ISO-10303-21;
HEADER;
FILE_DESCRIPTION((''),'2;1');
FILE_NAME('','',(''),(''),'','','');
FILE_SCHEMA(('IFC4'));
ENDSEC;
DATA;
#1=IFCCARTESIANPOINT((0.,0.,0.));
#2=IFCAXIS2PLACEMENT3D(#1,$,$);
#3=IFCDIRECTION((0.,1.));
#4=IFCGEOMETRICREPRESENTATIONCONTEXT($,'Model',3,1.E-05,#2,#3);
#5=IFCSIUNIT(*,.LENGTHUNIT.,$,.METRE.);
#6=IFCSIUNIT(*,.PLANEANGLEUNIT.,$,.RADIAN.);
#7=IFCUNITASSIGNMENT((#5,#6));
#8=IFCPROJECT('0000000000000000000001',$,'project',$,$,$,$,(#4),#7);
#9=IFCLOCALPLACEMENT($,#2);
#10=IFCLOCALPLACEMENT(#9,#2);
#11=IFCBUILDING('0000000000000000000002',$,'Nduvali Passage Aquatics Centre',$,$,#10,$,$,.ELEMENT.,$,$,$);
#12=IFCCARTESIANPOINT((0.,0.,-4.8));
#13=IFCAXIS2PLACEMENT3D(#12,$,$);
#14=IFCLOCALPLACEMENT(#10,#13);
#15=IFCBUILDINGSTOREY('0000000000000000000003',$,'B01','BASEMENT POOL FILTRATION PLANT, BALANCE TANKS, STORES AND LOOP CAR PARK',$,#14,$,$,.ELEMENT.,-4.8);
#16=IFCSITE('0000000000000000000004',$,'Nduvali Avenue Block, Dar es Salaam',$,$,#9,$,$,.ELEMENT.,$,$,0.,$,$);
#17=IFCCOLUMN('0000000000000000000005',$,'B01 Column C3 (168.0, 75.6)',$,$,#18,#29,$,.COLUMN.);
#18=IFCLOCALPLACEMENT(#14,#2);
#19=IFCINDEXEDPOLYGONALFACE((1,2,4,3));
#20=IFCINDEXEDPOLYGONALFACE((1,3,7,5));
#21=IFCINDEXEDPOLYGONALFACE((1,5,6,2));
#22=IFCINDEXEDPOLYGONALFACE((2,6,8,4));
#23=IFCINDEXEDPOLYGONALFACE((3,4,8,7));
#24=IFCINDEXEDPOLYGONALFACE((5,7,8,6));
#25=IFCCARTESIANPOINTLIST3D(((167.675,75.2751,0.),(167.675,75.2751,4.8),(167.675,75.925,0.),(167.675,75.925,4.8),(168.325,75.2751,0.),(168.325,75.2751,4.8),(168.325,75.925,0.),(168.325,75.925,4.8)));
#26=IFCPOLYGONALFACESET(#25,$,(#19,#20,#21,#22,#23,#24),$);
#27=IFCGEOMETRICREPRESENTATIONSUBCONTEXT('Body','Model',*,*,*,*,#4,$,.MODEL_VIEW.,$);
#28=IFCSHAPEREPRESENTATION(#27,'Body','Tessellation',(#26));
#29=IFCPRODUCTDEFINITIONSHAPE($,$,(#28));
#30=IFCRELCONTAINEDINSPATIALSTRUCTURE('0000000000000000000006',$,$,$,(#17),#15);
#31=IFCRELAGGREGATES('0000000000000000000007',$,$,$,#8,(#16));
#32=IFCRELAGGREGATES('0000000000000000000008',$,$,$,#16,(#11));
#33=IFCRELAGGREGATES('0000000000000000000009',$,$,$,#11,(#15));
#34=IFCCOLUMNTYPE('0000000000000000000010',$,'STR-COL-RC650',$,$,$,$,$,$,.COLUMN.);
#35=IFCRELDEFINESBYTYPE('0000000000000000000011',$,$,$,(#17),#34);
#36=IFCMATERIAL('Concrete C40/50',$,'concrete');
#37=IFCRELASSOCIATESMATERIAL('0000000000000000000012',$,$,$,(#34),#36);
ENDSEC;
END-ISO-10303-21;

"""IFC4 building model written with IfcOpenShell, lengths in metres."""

from ifc_helpers import new_model, si_unit, direction, frame, origin, origin_2d, place, context, subcontext, project, spatial, rectangle, extrude, material, material_profile, profile_set, type_object, element, save


model = new_model("IFC4")

# Units and contexts
model_context = context("Model", 3, precision=1e-05, world=origin(), true_north=direction((0.0, 1.0)))
body_context = subcontext(model_context, "Body", "Model", "MODEL_VIEW")
ifc_project = project(units=[si_unit("LENGTHUNIT", "METRE"), si_unit("PLANEANGLEUNIT", "RADIAN")], contexts=[model_context])

# Site, building, storey
site_placement = place(None, origin())
site = spatial("IfcSite", under=ifc_project, at=site_placement, Name="Nduvali Avenue Block, Dar es Salaam", CompositionType="ELEMENT", RefElevation=0.0)
building_placement = place(site_placement, origin())
building = spatial("IfcBuilding", under=site, at=building_placement, Name="Nduvali Passage Aquatics Centre", CompositionType="ELEMENT")
storey_placement = place(building_placement, frame((0.0, 0.0, -4.8)))
storey = spatial("IfcBuildingStorey", under=building, at=storey_placement, Name="B01", Description="BASEMENT POOL FILTRATION PLANT, BALANCE TANKS, STORES AND LOOP CAR PARK", CompositionType="ELEMENT", Elevation=-4.8)

# Shared definitions
ifc_material = material(Name="Concrete C40/50", Category="concrete")

# Column
ifc_material_profile_1 = material_profile(ifc_material, rectangle(XDim=0.6499, YDim=0.6499, at=origin_2d()), Name="RC 650x650")
ifc_profile_set_1 = profile_set([ifc_material_profile_1], Name="Concrete C40/50")
column_type = type_object("IfcColumnType", Name="STR-COL-RC650", PredefinedType="COLUMN", material=ifc_profile_set_1)
for number, where, z_axis, x_axis, name in (
    (1, (168.0, 75.6001, 0.0), (0.0, 0.0, 1.0), (1.0, 0.0, 0.0), "B01 Column C3 (168.0, 75.6)"),
):
    element("IfcColumn", number, at=place(storey_placement, frame(where, z_axis=z_axis, x_axis=x_axis)), inside=storey, type_object=column_type, Name=name, PredefinedType="COLUMN", context=body_context, shape_type="SweptSolid", body=[
        extrude(rectangle(XDim=0.6499, YDim=0.6499, at=origin_2d()), origin(), (0.0, 0.0, 1.0), 4.8),
    ])

save(model, "model.ifc")
